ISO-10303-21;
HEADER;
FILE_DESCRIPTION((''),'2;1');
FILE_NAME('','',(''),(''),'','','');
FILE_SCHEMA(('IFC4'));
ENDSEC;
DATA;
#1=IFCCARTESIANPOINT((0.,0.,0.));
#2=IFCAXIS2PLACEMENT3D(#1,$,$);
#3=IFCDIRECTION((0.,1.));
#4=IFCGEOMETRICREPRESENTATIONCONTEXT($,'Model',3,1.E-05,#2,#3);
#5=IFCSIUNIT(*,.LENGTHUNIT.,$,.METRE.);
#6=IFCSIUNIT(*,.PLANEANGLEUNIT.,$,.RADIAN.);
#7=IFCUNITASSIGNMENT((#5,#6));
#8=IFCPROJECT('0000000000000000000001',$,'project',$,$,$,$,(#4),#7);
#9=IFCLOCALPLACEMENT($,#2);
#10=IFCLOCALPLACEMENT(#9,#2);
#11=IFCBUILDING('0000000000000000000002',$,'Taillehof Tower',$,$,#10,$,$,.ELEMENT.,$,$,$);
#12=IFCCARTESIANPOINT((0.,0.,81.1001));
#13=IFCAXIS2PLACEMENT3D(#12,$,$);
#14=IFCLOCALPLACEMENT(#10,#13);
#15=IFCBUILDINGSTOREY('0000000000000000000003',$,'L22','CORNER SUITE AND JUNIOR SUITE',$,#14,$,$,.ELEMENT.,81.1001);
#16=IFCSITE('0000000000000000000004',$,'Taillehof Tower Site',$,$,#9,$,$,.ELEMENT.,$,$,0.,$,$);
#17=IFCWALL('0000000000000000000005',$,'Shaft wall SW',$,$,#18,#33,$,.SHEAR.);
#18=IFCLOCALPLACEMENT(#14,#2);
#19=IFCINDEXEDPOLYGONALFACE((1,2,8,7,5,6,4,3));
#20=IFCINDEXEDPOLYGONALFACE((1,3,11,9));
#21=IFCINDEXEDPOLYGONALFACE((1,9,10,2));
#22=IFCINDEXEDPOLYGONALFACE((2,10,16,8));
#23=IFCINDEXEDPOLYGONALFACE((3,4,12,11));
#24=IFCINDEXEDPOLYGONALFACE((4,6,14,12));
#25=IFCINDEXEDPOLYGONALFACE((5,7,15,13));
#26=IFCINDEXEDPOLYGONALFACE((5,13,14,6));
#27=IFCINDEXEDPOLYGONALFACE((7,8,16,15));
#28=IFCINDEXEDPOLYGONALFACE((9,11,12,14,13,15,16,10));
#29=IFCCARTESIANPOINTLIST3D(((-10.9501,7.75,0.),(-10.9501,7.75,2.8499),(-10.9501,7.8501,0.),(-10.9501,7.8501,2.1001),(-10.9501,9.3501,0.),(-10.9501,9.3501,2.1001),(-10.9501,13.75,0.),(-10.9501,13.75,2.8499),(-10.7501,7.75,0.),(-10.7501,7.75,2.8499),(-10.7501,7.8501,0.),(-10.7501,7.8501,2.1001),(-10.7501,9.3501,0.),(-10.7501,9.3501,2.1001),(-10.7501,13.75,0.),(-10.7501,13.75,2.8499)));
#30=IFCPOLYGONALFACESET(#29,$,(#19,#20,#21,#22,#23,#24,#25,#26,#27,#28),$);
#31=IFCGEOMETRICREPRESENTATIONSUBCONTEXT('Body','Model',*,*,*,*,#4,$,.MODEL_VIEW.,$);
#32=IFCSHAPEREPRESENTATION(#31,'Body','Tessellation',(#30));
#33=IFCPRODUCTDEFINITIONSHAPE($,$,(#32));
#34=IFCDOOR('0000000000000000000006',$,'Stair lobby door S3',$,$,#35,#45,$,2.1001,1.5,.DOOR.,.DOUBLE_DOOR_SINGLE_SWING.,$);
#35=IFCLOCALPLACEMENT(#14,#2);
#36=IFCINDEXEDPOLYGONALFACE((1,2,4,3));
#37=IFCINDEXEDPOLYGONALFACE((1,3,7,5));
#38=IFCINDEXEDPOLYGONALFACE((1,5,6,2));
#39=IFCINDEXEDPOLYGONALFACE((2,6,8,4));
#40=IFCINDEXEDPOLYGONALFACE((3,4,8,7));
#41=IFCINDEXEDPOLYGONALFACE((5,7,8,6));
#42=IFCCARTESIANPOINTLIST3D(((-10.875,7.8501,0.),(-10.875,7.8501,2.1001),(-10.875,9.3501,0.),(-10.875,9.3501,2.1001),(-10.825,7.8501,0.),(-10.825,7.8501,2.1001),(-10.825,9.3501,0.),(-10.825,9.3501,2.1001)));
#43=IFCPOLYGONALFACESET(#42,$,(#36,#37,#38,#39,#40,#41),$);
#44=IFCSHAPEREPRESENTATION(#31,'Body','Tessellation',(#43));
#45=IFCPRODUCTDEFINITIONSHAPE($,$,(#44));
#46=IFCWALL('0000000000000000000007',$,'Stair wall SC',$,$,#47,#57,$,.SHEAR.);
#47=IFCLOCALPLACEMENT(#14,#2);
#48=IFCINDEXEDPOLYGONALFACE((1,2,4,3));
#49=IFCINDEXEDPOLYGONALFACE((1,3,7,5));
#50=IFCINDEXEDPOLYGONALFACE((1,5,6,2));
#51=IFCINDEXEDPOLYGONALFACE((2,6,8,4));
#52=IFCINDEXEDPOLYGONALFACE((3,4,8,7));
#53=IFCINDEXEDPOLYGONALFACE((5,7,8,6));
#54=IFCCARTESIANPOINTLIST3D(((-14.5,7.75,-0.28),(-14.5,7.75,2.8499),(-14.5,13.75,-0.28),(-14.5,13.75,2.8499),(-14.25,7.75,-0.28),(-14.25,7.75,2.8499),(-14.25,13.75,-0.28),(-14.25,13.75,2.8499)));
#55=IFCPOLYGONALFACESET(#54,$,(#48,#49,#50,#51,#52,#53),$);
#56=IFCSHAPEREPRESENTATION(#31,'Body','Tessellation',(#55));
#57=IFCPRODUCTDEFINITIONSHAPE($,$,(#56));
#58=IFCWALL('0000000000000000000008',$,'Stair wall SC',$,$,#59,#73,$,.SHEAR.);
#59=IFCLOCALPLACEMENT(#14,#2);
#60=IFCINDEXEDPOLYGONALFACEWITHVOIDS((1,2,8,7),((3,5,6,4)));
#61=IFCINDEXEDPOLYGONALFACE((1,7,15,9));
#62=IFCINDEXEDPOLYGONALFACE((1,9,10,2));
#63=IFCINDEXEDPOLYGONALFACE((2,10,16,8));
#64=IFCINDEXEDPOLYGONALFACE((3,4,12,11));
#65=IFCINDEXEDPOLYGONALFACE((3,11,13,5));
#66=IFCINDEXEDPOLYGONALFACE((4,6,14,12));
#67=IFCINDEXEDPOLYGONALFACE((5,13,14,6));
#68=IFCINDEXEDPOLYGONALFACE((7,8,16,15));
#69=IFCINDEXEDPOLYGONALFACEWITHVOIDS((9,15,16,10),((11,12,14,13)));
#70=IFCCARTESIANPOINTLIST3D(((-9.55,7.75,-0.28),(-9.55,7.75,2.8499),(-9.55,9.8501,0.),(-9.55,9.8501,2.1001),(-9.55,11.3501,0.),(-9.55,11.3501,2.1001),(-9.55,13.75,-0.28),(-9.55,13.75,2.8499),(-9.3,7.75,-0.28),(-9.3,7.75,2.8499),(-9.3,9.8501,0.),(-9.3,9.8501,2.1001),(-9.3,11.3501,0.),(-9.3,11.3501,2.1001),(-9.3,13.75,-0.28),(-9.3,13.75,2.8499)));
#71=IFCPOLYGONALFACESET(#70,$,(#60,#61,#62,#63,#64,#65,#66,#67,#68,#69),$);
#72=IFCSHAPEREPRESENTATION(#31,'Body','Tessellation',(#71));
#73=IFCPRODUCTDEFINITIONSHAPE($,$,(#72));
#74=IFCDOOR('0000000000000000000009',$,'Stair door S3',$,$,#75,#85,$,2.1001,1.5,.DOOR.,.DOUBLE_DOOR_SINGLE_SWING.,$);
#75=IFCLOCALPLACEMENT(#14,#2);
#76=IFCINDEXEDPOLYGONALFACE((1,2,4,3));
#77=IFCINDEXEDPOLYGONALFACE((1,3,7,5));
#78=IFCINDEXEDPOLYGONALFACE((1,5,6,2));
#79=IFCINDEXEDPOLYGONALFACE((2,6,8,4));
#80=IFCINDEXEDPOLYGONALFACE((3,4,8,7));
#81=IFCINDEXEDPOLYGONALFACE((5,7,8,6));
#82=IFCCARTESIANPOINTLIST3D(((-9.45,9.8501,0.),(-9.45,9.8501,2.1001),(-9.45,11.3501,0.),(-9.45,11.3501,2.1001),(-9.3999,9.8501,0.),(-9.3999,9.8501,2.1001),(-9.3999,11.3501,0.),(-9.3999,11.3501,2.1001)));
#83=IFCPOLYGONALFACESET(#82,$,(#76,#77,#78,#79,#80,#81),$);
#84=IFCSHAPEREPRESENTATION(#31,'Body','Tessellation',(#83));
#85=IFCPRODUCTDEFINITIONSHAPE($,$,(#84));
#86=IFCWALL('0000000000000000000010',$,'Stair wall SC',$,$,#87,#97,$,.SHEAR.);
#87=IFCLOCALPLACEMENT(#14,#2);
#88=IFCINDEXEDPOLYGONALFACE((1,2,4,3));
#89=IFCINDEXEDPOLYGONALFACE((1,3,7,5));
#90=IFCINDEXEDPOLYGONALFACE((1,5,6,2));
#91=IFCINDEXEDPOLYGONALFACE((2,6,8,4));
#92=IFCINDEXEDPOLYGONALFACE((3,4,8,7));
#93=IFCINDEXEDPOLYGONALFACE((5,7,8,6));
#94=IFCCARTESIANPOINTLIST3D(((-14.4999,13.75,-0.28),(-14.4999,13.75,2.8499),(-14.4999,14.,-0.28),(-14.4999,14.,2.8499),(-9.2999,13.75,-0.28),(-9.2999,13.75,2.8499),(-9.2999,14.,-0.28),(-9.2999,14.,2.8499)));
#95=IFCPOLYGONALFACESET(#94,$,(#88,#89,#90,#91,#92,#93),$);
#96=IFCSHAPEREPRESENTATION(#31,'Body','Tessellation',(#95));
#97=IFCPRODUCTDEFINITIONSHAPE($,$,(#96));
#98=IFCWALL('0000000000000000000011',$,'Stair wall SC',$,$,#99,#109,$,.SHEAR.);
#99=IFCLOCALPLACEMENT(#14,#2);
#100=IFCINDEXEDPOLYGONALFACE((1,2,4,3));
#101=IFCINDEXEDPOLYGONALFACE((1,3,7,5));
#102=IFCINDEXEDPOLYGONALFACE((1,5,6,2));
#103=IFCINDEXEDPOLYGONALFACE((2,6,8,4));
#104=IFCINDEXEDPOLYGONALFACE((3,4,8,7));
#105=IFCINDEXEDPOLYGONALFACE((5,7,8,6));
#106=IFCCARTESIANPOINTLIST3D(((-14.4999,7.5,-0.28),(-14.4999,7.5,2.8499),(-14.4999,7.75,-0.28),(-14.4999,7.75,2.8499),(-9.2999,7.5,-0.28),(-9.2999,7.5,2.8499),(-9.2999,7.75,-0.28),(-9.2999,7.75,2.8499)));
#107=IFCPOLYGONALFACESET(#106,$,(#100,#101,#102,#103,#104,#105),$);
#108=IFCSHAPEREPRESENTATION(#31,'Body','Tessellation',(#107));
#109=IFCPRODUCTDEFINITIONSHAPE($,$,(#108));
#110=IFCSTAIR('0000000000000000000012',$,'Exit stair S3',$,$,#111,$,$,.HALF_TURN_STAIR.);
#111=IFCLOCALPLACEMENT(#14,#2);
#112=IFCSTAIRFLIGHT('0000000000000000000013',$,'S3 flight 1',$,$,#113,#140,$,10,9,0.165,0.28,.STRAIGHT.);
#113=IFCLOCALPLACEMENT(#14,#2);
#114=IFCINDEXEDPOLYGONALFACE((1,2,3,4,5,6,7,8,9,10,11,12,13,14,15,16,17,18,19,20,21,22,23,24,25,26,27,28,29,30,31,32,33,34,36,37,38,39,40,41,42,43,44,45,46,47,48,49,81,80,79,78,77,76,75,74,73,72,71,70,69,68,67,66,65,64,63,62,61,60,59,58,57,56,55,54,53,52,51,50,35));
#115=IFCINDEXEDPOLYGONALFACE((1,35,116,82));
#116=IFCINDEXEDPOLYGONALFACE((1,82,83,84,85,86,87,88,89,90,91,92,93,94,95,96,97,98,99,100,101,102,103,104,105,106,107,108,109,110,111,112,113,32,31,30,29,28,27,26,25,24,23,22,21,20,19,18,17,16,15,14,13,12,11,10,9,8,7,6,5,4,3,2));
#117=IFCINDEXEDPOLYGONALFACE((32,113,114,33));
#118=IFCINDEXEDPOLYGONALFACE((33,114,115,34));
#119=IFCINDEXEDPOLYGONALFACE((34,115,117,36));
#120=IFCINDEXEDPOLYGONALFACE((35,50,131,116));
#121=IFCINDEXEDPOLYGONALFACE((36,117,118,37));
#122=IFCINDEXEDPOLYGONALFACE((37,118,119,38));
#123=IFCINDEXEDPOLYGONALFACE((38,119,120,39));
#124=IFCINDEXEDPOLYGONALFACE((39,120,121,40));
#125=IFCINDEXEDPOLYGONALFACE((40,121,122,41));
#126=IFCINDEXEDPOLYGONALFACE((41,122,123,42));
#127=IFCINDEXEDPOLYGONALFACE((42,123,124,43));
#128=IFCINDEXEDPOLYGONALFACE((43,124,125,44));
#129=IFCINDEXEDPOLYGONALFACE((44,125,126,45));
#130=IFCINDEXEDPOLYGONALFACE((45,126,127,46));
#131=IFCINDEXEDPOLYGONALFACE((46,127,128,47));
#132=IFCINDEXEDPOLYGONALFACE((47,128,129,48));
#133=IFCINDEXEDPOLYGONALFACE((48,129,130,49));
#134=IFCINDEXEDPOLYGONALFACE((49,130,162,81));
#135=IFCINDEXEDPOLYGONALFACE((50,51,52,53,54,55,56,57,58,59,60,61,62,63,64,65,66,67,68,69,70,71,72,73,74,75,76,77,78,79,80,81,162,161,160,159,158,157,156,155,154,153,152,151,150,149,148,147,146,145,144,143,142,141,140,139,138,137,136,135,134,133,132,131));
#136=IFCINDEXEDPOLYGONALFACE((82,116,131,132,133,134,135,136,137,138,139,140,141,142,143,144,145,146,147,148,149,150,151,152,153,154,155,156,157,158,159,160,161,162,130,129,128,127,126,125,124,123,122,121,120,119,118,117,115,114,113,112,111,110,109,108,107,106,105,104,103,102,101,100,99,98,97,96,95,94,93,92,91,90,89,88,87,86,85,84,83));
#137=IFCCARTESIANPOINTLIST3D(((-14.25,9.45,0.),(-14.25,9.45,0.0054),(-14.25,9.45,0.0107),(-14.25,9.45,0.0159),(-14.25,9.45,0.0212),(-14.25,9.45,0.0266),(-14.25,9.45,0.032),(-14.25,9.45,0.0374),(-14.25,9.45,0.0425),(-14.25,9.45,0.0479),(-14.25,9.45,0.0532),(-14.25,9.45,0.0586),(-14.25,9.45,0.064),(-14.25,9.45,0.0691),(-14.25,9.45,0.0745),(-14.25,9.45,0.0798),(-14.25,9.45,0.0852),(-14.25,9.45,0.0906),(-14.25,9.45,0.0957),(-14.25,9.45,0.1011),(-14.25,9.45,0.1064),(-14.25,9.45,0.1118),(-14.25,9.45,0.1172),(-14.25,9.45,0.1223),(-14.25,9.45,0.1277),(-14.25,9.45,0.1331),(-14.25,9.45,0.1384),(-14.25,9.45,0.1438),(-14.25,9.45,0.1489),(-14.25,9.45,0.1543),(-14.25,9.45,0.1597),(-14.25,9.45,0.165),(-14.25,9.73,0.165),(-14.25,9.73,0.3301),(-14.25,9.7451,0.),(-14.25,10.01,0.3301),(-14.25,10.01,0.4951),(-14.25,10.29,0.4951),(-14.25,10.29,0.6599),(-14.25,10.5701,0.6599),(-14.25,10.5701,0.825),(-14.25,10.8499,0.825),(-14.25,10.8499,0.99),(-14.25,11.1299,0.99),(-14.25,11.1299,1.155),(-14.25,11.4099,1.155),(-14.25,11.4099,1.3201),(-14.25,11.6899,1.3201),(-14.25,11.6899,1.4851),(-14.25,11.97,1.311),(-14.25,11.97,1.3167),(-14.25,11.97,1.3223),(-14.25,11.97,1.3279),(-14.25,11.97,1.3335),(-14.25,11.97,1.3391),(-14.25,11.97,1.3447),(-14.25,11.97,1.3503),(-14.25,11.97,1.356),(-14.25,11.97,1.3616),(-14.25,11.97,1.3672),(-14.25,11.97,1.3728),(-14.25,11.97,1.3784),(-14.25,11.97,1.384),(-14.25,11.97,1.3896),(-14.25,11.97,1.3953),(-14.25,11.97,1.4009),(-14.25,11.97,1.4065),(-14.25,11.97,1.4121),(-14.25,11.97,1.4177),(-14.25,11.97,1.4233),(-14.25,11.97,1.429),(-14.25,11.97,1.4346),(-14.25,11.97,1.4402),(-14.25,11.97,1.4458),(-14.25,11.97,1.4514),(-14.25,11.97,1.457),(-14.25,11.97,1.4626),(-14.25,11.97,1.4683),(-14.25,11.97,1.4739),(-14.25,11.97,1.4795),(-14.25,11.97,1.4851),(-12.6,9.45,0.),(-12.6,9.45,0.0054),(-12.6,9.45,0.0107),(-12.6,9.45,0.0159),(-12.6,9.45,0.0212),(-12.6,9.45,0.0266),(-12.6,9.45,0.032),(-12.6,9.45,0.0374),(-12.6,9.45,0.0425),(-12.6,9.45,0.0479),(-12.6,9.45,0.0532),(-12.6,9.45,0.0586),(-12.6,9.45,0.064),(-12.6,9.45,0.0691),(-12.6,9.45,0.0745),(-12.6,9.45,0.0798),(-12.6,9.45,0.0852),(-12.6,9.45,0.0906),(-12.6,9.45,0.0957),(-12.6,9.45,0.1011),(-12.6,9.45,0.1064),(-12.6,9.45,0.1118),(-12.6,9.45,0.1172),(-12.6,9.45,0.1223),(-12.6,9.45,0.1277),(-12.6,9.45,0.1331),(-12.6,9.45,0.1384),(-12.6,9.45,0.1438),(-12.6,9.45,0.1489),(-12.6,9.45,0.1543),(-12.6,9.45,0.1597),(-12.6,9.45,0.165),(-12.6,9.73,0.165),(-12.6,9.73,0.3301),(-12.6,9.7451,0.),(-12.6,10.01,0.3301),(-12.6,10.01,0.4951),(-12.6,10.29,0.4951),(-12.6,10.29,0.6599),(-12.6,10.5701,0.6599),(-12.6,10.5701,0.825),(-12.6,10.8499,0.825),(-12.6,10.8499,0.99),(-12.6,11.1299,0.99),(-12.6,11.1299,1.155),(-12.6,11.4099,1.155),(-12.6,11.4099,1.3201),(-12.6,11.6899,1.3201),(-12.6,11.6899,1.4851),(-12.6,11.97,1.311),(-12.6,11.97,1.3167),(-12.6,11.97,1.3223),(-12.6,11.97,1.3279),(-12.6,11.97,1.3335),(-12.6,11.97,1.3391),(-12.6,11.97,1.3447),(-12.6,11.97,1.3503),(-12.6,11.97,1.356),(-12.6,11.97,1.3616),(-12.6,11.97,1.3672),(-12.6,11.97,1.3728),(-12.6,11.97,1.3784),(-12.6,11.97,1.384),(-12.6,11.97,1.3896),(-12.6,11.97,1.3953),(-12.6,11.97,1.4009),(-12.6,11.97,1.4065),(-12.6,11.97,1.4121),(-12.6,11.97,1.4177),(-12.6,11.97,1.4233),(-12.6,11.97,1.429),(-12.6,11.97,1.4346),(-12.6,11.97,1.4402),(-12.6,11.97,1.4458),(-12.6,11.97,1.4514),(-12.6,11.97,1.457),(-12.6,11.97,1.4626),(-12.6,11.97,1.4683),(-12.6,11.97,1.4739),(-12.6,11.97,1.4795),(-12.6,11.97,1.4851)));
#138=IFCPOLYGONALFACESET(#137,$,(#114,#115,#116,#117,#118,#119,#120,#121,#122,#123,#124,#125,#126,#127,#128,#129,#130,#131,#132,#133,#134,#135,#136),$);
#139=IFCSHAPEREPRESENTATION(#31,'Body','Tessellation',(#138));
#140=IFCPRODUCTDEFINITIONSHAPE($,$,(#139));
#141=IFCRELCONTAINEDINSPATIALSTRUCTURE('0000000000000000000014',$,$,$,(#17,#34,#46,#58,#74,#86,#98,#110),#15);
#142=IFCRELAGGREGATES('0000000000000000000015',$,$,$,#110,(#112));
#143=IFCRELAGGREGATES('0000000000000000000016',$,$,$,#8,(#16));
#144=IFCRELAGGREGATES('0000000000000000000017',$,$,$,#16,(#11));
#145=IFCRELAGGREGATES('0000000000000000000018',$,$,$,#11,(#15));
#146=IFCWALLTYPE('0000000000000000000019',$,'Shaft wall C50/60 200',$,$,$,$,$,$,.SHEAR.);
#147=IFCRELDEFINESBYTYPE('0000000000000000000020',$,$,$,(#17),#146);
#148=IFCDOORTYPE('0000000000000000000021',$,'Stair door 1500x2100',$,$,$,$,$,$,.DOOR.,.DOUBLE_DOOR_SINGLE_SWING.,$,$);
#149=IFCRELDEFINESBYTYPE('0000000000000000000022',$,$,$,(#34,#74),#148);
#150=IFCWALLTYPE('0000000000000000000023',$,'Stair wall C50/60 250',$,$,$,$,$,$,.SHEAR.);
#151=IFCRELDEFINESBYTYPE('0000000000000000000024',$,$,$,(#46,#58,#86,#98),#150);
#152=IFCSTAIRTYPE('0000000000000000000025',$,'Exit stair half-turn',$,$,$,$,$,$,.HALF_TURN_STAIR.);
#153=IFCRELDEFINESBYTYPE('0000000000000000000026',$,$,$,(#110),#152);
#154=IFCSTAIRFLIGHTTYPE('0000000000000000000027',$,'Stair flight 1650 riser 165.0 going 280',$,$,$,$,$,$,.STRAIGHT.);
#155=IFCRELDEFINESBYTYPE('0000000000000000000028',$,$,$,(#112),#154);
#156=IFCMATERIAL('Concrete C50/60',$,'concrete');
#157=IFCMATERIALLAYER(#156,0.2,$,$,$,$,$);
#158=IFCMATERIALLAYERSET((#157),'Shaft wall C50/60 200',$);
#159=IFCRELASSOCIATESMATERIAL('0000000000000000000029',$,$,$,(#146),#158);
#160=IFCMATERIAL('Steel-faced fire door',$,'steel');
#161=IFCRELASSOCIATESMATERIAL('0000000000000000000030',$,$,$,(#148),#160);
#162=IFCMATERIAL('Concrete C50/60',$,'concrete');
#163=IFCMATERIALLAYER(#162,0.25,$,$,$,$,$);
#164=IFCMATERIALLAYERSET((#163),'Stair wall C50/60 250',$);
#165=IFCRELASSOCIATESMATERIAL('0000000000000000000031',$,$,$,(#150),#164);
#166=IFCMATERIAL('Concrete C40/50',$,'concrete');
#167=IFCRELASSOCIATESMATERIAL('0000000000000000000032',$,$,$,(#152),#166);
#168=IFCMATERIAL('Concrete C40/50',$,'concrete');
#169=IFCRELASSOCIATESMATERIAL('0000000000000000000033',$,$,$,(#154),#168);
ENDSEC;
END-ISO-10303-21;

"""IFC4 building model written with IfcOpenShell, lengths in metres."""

from ifc_helpers import new_model, si_unit, direction, frame, frame_2d, origin, place, context, subcontext, project, spatial, polyline, rectangle, outline, extrude, material, layer, layer_set, type_object, element, fill, aggregate, save


model = new_model("IFC4")

# Units and contexts
model_context = context("Model", 3, precision=1e-05, world=origin(), true_north=direction((0.0, 1.0)))
body_context = subcontext(model_context, "Body", "Model", "MODEL_VIEW")
ifc_project = project(units=[si_unit("LENGTHUNIT", "METRE"), si_unit("PLANEANGLEUNIT", "RADIAN")], contexts=[model_context])

# Site, building, storey
site_placement = place(None, origin())
site = spatial("IfcSite", under=ifc_project, at=site_placement, Name="Taillehof Tower Site", CompositionType="ELEMENT", RefElevation=0.0)
building_placement = place(site_placement, origin())
building = spatial("IfcBuilding", under=site, at=building_placement, Name="Taillehof Tower", CompositionType="ELEMENT")
storey_placement = place(building_placement, frame((0.0, 0.0, 81.1001)))
storey = spatial("IfcBuildingStorey", under=building, at=storey_placement, Name="L22", Description="CORNER SUITE AND JUNIOR SUITE", CompositionType="ELEMENT", Elevation=81.1001)

# Wall, opening, door
ifc_material_1 = material(Name="Concrete C50/60", Category="concrete")
ifc_layer_1 = layer(ifc_material_1, 0.2)
ifc_layer_set_1 = layer_set([ifc_layer_1], Name="Shaft wall C50/60 200")
wall_type_1 = type_object("IfcWallType", Name="Shaft wall C50/60 200", PredefinedType="SHEAR", material=ifc_layer_set_1)
wall_1_placement = place(storey_placement, frame((-10.8501, 7.75, 0.0), z_axis=(0.0, 0.0, 1.0), x_axis=(0.0, 1.0, 0.0)))
wall_1 = element("IfcWall", 1, at=wall_1_placement, inside=storey, type_object=wall_type_1, Name="Shaft wall SW", PredefinedType="SHEAR", context=body_context, shape_type="SweptSolid", body=[
    extrude(rectangle(XDim=6.0, YDim=0.2, at=frame_2d((3.0, 0.0))), origin(), (0.0, 0.0, 1.0), 2.8499),
])
opening_1_placement = place(wall_1_placement, frame((0.1001, 0.0, 0.0)))
opening_1 = element("IfcOpeningElement", 2, at=opening_1_placement, cuts=wall_1, PredefinedType="OPENING", context=body_context, shape_type="SweptSolid", body=[
    extrude(rectangle(XDim=1.5, YDim=2.1001, at=frame_2d((0.75, 1.05))), frame((0.0, 0.1099, 0.0), z_axis=(0.0, -1.0, 0.0), x_axis=(1.0, 0.0, 0.0)), (0.0, 0.0, 1.0), 0.22),
])
ifc_material_2 = material(Name="Steel-faced fire door", Category="steel")
door_type = type_object("IfcDoorType", Name="Stair door 1500x2100", OperationType="DOUBLE_DOOR_SINGLE_SWING", PredefinedType="DOOR", material=ifc_material_2)
door_1_placement = place(opening_1_placement, origin())
door_1 = element("IfcDoor", 3, at=door_1_placement, inside=storey, type_object=door_type, Name="Stair lobby door S3", OperationType="DOUBLE_DOOR_SINGLE_SWING", OverallHeight=2.1001, OverallWidth=1.5, PredefinedType="DOOR", context=body_context, shape_type="SweptSolid", body=[
    extrude(rectangle(XDim=1.5, YDim=2.1001, at=frame_2d((0.75, 1.05))), frame((0.0, 0.0249, 0.0), z_axis=(0.0, -1.0, 0.0), x_axis=(1.0, 0.0, 0.0)), (0.0, 0.0, 1.0), 0.05),
])
fill(opening_1, door_1)

# Wall
ifc_material_3 = material(Name="Concrete C50/60", Category="concrete")
ifc_layer_2 = layer(ifc_material_3, 0.25)
ifc_layer_set_2 = layer_set([ifc_layer_2], Name="Stair wall C50/60 250")
wall_type_2 = type_object("IfcWallType", Name="Stair wall C50/60 250", PredefinedType="SHEAR", material=ifc_layer_set_2)
wall_2_placement = place(storey_placement, frame((-14.375, 7.75, -0.28), z_axis=(0.0, 0.0, 1.0), x_axis=(0.0, 1.0, 0.0)))
element("IfcWall", 4, at=wall_2_placement, inside=storey, type_object=wall_type_2, Name="Stair wall SC", PredefinedType="SHEAR", context=body_context, shape_type="SweptSolid", body=[
    extrude(rectangle(XDim=6.0, YDim=0.25, at=frame_2d((3.0, 0.0))), origin(), (0.0, 0.0, 1.0), 3.1299),
])

# Wall, opening, door
wall_3_placement = place(storey_placement, frame((-9.425, 7.75, -0.28), z_axis=(0.0, 0.0, 1.0), x_axis=(0.0, 1.0, 0.0)))
wall_3 = element("IfcWall", 5, at=wall_3_placement, inside=storey, type_object=wall_type_2, Name="Stair wall SC", PredefinedType="SHEAR", context=body_context, shape_type="SweptSolid", body=[
    extrude(rectangle(XDim=6.0, YDim=0.25, at=frame_2d((3.0, 0.0))), origin(), (0.0, 0.0, 1.0), 3.1299),
])
opening_2_placement = place(wall_3_placement, frame((2.1001, 0.0, 0.28)))
opening_2 = element("IfcOpeningElement", 6, at=opening_2_placement, cuts=wall_3, PredefinedType="OPENING", context=body_context, shape_type="SweptSolid", body=[
    extrude(rectangle(XDim=1.5, YDim=2.1001, at=frame_2d((0.75, 1.05))), frame((0.0, 0.135, 0.0), z_axis=(0.0, -1.0, 0.0), x_axis=(1.0, 0.0, 0.0)), (0.0, 0.0, 1.0), 0.27),
])
door_2_placement = place(opening_2_placement, origin())
door_2 = element("IfcDoor", 7, at=door_2_placement, inside=storey, type_object=door_type, Name="Stair door S3", OperationType="DOUBLE_DOOR_SINGLE_SWING", OverallHeight=2.1001, OverallWidth=1.5, PredefinedType="DOOR", context=body_context, shape_type="SweptSolid", body=[
    extrude(rectangle(XDim=1.5, YDim=2.1001, at=frame_2d((0.75, 1.05))), frame((0.0, 0.0249, 0.0), z_axis=(0.0, -1.0, 0.0), x_axis=(1.0, 0.0, 0.0)), (0.0, 0.0, 1.0), 0.05),
])
fill(opening_2, door_2)

# Walls
for number, where, z_axis, x_axis, name in (
    (8, (-14.5, 13.875, -0.28), (0.0, 0.0, 1.0), (1.0, 0.0, 0.0), "Stair wall SC"),
    (9, (-14.5, 7.625, -0.28), (0.0, 0.0, 1.0), (1.0, 0.0, 0.0), "Stair wall SC"),
):
    element("IfcWall", number, at=place(storey_placement, frame(where, z_axis=z_axis, x_axis=x_axis)), inside=storey, type_object=wall_type_2, Name=name, PredefinedType="SHEAR", context=body_context, shape_type="SweptSolid", body=[
        extrude(rectangle(XDim=5.2, YDim=0.25, at=frame_2d((2.6001, 0.0))), origin(), (0.0, 0.0, 1.0), 3.1299),
    ])

# Stair, stair flight
ifc_material_4 = material(Name="Concrete C40/50", Category="concrete")
stair_type = type_object("IfcStairType", Name="Exit stair half-turn", PredefinedType="HALF_TURN_STAIR", material=ifc_material_4)
stair_placement = place(storey_placement, origin())
stair = element("IfcStair", 10, at=stair_placement, inside=storey, type_object=stair_type, Name="Exit stair S3", PredefinedType="HALF_TURN_STAIR")
ifc_material_5 = material(Name="Concrete C40/50", Category="concrete")
stair_flight_type = type_object("IfcStairFlightType", Name="Stair flight 1650 riser 165.0 going 280", PredefinedType="STRAIGHT", material=ifc_material_5)
stair_flight_1_placement = place(storey_placement, frame((-13.425, 9.45, 0.0), z_axis=(0.0, 0.0, 1.0), x_axis=(0.0, 1.0, 0.0)))
stair_flight_1 = element("IfcStairFlight", 11, at=stair_flight_1_placement, type_object=stair_flight_type, Name="S3 flight 1", NumberOfRisers=10, NumberOfTreads=9, PredefinedType="STRAIGHT", RiserHeight=0.165, TreadLength=0.28, context=body_context, shape_type="SweptSolid", body=[
    extrude(outline(polyline([(0.0, 0.0), (0.0, 0.0054), (0.0, 0.0107), (0.0, 0.0159), (0.0, 0.0212), (0.0, 0.0266), (0.0, 0.032), (0.0, 0.0374), (0.0, 0.0425), (0.0, 0.0479), (0.0, 0.0532), (0.0, 0.0586), (0.0, 0.064), (0.0, 0.0691), (0.0, 0.0745), (0.0, 0.0798), (0.0, 0.0852), (0.0, 0.0906), (0.0, 0.0957), (0.0, 0.1011), (0.0, 0.1064), (0.0, 0.1118), (0.0, 0.1172), (0.0, 0.1223), (0.0, 0.1277), (0.0, 0.1331), (0.0, 0.1384), (0.0, 0.1438), (0.0, 0.1489), (0.0, 0.1543), (0.0, 0.1597), (0.0, 0.165), (0.28, 0.165), (0.28, 0.3301), (0.5601, 0.3301), (0.5601, 0.4951), (0.8401, 0.4951), (0.8401, 0.6599), (1.1201, 0.6599), (1.1201, 0.825), (1.3999, 0.825), (1.3999, 0.99), (1.6799, 0.99), (1.6799, 1.155), (1.96, 1.155), (1.96, 1.3201), (2.24, 1.3201), (2.24, 1.4851), (2.52, 1.4851), (2.52, 1.4795), (2.52, 1.4739), (2.52, 1.4683), (2.52, 1.4626), (2.52, 1.457), (2.52, 1.4514), (2.52, 1.4458), (2.52, 1.4402), (2.52, 1.4346), (2.52, 1.429), (2.52, 1.4233), (2.52, 1.4177), (2.52, 1.4121), (2.52, 1.4065), (2.52, 1.4009), (2.52, 1.3953), (2.52, 1.3896), (2.52, 1.384), (2.52, 1.3784), (2.52, 1.3728), (2.52, 1.3672), (2.52, 1.3616), (2.52, 1.356), (2.52, 1.3503), (2.52, 1.3447), (2.52, 1.3391), (2.52, 1.3335), (2.52, 1.3279), (2.52, 1.3223), (2.52, 1.3167), (2.52, 1.311), (0.2952, 0.0), (0.0, 0.0)])), frame((0.0, 0.825, 0.0), z_axis=(0.0, -1.0, 0.0), x_axis=(1.0, 0.0, 0.0)), (0.0, 0.0, 1.0), 1.65),
])
aggregate(stair, [stair_flight_1])

save(model, "model.ifc")
